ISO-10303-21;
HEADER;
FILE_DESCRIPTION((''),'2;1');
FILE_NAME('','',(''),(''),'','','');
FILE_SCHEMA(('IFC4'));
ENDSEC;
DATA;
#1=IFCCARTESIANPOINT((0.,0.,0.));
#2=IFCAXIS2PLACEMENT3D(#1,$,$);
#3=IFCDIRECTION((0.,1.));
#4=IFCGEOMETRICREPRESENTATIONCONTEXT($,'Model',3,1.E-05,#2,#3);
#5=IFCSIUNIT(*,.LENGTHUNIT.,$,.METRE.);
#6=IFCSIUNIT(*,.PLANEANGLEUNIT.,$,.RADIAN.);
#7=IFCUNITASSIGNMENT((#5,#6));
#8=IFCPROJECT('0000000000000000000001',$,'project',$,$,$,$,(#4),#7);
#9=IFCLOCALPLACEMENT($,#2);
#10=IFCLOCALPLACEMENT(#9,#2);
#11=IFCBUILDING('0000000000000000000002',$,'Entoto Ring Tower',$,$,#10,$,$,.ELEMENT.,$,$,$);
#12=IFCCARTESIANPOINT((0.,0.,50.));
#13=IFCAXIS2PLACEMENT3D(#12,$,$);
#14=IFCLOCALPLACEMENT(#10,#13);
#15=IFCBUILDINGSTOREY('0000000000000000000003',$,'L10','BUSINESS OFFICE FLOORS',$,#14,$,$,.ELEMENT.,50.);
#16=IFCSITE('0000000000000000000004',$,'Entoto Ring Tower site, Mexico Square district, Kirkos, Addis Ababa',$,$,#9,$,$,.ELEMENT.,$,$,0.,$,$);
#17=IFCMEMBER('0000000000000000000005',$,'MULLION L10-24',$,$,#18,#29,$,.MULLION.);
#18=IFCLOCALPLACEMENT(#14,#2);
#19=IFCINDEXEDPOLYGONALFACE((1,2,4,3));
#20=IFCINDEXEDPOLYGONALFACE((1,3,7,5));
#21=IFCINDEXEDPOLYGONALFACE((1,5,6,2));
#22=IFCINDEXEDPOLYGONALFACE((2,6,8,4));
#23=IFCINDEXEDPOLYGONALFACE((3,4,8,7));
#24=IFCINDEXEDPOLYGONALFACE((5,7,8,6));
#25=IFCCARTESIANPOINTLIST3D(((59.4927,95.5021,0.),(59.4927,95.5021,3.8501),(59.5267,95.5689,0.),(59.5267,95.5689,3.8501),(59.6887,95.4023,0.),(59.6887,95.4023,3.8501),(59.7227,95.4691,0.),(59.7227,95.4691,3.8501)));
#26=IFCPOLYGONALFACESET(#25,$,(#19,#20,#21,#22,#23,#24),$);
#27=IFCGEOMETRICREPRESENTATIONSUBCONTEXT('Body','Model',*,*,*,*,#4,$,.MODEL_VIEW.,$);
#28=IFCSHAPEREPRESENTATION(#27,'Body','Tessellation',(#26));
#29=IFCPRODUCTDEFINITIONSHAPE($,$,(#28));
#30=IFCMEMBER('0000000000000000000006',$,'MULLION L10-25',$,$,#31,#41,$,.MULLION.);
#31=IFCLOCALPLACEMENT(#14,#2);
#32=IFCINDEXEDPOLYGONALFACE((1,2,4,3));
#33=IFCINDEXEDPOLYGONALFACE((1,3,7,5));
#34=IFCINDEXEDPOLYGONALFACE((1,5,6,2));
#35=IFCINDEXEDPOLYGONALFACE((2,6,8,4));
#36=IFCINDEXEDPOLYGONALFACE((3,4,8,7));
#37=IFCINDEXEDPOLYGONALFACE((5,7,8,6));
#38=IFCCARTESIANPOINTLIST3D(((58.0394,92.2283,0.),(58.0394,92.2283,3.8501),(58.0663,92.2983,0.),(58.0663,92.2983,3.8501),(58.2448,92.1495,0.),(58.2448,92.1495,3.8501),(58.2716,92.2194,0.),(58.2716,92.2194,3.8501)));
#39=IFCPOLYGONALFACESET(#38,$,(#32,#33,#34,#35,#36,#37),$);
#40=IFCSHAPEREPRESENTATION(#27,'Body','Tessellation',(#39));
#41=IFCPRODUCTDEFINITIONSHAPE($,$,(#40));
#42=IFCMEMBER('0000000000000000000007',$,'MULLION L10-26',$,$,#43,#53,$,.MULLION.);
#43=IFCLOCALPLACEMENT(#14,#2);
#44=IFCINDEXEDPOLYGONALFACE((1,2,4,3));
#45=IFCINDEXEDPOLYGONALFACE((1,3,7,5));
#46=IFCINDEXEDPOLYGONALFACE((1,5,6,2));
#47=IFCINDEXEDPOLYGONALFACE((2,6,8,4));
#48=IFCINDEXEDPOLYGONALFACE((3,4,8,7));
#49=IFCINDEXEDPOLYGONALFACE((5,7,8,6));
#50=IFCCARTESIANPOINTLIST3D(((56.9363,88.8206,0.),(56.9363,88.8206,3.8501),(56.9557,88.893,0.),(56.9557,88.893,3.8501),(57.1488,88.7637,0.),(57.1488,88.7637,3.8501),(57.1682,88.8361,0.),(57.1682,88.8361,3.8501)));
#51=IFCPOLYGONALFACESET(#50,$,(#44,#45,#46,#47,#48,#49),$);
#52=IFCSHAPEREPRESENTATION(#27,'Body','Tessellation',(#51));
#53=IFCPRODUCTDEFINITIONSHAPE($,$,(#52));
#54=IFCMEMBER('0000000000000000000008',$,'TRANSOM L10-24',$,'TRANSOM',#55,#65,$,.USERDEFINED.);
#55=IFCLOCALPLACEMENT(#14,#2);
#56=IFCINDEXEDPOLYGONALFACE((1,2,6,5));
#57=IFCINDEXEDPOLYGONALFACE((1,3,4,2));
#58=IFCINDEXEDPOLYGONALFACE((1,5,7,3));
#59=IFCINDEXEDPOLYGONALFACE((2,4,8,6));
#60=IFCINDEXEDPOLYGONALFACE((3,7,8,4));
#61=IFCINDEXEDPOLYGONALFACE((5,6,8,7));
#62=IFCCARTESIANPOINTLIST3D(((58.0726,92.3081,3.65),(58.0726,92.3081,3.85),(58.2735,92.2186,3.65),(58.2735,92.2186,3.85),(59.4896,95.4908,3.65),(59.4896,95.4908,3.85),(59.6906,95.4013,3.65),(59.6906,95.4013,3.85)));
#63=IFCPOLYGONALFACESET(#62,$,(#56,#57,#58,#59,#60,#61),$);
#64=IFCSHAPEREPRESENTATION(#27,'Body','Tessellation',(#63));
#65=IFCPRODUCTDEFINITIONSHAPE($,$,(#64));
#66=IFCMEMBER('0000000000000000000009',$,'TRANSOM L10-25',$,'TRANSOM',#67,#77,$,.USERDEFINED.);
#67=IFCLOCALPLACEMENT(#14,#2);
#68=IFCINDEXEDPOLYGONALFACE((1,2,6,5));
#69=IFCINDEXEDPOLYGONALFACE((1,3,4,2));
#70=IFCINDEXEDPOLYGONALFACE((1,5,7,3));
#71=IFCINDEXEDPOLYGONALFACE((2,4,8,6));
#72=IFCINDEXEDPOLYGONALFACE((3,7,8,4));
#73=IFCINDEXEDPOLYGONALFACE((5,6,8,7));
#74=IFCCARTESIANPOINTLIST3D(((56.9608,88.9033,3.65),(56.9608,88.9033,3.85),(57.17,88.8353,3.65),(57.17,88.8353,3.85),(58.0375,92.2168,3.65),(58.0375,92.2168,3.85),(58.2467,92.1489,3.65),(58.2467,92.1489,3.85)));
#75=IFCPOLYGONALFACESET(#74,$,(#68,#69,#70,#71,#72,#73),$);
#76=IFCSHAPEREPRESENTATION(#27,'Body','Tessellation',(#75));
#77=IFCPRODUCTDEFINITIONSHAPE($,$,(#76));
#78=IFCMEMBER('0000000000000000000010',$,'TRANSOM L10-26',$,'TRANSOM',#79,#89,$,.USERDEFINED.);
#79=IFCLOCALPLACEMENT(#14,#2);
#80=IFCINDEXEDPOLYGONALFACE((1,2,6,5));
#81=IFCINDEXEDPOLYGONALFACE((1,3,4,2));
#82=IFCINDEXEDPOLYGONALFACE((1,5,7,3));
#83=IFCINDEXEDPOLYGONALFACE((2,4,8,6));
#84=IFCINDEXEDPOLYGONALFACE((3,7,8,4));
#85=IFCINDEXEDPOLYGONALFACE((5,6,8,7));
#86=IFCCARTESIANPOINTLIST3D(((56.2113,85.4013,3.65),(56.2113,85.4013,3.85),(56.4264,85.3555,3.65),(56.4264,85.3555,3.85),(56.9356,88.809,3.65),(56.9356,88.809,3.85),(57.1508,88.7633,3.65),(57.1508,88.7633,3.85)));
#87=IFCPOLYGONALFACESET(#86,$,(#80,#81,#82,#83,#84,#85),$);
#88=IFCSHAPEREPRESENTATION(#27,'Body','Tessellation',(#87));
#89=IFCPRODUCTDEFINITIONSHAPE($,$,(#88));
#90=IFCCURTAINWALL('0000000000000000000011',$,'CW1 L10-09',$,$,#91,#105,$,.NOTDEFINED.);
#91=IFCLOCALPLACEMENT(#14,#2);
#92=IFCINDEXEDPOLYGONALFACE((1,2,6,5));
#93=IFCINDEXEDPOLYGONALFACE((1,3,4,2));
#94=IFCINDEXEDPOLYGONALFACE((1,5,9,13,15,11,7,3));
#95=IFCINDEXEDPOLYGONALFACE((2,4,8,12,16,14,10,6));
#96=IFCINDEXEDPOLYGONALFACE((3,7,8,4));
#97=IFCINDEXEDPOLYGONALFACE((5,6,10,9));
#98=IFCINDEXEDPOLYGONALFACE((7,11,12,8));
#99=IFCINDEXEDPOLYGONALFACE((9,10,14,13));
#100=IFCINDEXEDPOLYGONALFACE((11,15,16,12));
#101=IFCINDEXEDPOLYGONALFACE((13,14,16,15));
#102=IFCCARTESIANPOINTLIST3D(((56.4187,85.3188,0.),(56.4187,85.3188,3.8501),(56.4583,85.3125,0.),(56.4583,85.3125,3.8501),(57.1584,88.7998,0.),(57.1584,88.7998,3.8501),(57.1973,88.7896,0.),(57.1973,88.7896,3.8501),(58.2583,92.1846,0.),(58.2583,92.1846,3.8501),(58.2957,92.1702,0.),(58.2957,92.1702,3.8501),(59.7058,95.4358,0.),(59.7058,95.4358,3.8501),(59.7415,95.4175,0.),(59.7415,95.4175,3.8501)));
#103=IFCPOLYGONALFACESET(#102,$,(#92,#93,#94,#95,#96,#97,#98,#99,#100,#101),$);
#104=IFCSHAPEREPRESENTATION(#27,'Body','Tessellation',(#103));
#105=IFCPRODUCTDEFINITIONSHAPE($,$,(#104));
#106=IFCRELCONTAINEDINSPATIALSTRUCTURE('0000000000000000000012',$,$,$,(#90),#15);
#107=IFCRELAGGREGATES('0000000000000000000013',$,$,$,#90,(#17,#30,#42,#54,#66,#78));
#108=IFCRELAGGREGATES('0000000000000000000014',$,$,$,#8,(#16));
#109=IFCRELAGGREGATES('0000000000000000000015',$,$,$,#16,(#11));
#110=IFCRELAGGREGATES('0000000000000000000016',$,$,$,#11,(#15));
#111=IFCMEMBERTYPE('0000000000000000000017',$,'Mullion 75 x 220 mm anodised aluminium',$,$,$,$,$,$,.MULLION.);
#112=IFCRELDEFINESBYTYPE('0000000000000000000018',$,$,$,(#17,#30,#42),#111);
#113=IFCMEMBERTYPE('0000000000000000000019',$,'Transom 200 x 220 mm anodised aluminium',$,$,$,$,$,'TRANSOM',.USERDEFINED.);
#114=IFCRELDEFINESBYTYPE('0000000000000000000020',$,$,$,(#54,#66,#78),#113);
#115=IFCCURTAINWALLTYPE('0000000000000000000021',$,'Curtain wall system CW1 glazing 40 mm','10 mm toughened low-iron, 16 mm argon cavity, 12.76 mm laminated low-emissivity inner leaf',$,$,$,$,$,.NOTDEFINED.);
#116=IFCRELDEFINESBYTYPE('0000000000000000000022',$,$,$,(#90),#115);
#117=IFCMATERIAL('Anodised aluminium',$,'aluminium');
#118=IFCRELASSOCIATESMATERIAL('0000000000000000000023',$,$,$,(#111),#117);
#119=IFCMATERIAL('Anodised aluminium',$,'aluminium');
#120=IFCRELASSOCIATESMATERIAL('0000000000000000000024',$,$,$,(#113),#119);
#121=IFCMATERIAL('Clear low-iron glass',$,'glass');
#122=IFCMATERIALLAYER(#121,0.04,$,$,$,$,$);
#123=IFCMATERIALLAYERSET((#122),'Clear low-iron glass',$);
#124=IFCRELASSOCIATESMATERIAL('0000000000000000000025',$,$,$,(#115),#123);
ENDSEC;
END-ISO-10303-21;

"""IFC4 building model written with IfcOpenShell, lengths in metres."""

from ifc_helpers import new_model, si_unit, direction, frame, origin, origin_2d, place, context, subcontext, project, spatial, polyline, rectangle, outline, extrude, material, layer, layer_set, material_profile, profile_set, type_object, element, aggregate, save


model = new_model("IFC4")

# Units and contexts
model_context = context("Model", 3, precision=1e-05, world=origin(), true_north=direction((0.0, 1.0)))
body_context = subcontext(model_context, "Body", "Model", "MODEL_VIEW")
ifc_project = project(units=[si_unit("LENGTHUNIT", "METRE"), si_unit("PLANEANGLEUNIT", "RADIAN")], contexts=[model_context])

# Members
ifc_material_1 = material(Name="Anodised aluminium", Category="aluminium")
ifc_material_profile_1 = material_profile(ifc_material_1, rectangle(XDim=0.075, YDim=0.22, at=origin_2d()), Name="Mullion 75 x 220 mm anodised aluminium")
ifc_profile_set_1 = profile_set([ifc_material_profile_1], Name="Anodised aluminium")
member_type_1 = type_object("IfcMemberType", Name="Mullion 75 x 220 mm anodised aluminium", PredefinedType="MULLION", material=ifc_profile_set_1)
site_placement = place(None, origin())
building_placement = place(site_placement, origin())
storey_placement = place(building_placement, frame((0.0, 0.0, 50.0)))
member_1_placement = place(storey_placement, frame((59.6077, 95.4856, 0.0), z_axis=(0.0, 0.0, 1.0), x_axis=(-0.45399, -0.891007, 0.0)))
member_1 = element("IfcMember", 1, at=member_1_placement, type_object=member_type_1, Name="MULLION L10-24", PredefinedType="MULLION", context=body_context, shape_type="SweptSolid", body=[
    extrude(rectangle(XDim=0.075, YDim=0.22, at=origin_2d()), origin(), (0.0, 0.0, 1.0), 3.8501),
])
member_2_placement = place(storey_placement, frame((58.1555, 92.2239, 0.0), z_axis=(0.0, 0.0, 1.0), x_axis=(-0.358368, -0.93358, 0.0)))
member_2 = element("IfcMember", 2, at=member_2_placement, type_object=member_type_1, Name="MULLION L10-25", PredefinedType="MULLION", context=body_context, shape_type="SweptSolid", body=[
    extrude(rectangle(XDim=0.075, YDim=0.22, at=origin_2d()), origin(), (0.0, 0.0, 1.0), 3.8501),
])
member_3_placement = place(storey_placement, frame((57.0522, 88.8284, 0.0), z_axis=(0.0, 0.0, 1.0), x_axis=(-0.258819, -0.965926, 0.0)))
member_3 = element("IfcMember", 3, at=member_3_placement, type_object=member_type_1, Name="MULLION L10-26", PredefinedType="MULLION", context=body_context, shape_type="SweptSolid", body=[
    extrude(rectangle(XDim=0.075, YDim=0.22, at=origin_2d()), origin(), (0.0, 0.0, 1.0), 3.8501),
])
ifc_material_2 = material(Name="Anodised aluminium", Category="aluminium")
ifc_material_profile_2 = material_profile(ifc_material_2, rectangle(XDim=0.22, YDim=0.2, at=origin_2d()), Name="Transom 200 x 220 mm anodised aluminium")
ifc_profile_set_2 = profile_set([ifc_material_profile_2], Name="Anodised aluminium")
member_type_2 = type_object("IfcMemberType", Name="Transom 200 x 220 mm anodised aluminium", ElementType="TRANSOM", PredefinedType="USERDEFINED", material=ifc_profile_set_2)
member_4_placement = place(storey_placement, frame((59.5901, 95.446, 3.75), z_axis=(-0.406737, -0.913545, 0.0), x_axis=(0.913545, -0.406737, 0.0)))
member_4 = element("IfcMember", 4, at=member_4_placement, type_object=member_type_2, Name="TRANSOM L10-24", ObjectType="TRANSOM", PredefinedType="USERDEFINED", context=body_context, shape_type="SweptSolid", body=[
    extrude(rectangle(XDim=0.22, YDim=0.2, at=origin_2d()), origin(), (0.0, 0.0, 1.0), 3.4839),
])
member_5_placement = place(storey_placement, frame((58.1421, 92.1829, 3.75), z_axis=(-0.309029, -0.951053, 0.0), x_axis=(0.951053, -0.309029, 0.0)))
member_5 = element("IfcMember", 5, at=member_5_placement, type_object=member_type_2, Name="TRANSOM L10-25", ObjectType="TRANSOM", PredefinedType="USERDEFINED", context=body_context, shape_type="SweptSolid", body=[
    extrude(rectangle(XDim=0.22, YDim=0.2, at=origin_2d()), origin(), (0.0, 0.0, 1.0), 3.4841),
])
member_6_placement = place(storey_placement, frame((57.0432, 88.7861, 3.75), z_axis=(-0.207921, -0.978146, 0.0), x_axis=(0.978146, -0.207921, 0.0)))
member_6 = element("IfcMember", 6, at=member_6_placement, type_object=member_type_2, Name="TRANSOM L10-26", ObjectType="TRANSOM", PredefinedType="USERDEFINED", context=body_context, shape_type="SweptSolid", body=[
    extrude(rectangle(XDim=0.22, YDim=0.2, at=origin_2d()), origin(), (0.0, 0.0, 1.0), 3.4839),
])

# Site, building, storey
site = spatial("IfcSite", under=ifc_project, at=site_placement, Name="Entoto Ring Tower site, Mexico Square district, Kirkos, Addis Ababa", CompositionType="ELEMENT", RefElevation=0.0)
building = spatial("IfcBuilding", under=site, at=building_placement, Name="Entoto Ring Tower", CompositionType="ELEMENT")
storey = spatial("IfcBuildingStorey", under=building, at=storey_placement, Name="L10", Description="BUSINESS OFFICE FLOORS", CompositionType="ELEMENT", Elevation=50.0)

# Curtain wall
ifc_material_3 = material(Name="Clear low-iron glass", Category="glass")
ifc_layer = layer(ifc_material_3, 0.04)
ifc_layer_set = layer_set([ifc_layer], Name="Clear low-iron glass")
curtain_wall_type = type_object("IfcCurtainWallType", Name="Curtain wall system CW1 glazing 40 mm", Description="10 mm toughened low-iron, 16 mm argon cavity, 12.76 mm laminated low-emissivity inner leaf", PredefinedType="NOTDEFINED", material=ifc_layer_set)
curtain_wall_1_placement = place(storey_placement, origin())
curtain_wall_1 = element("IfcCurtainWall", 7, at=curtain_wall_1_placement, inside=storey, type_object=curtain_wall_type, Name="CW1 L10-09", PredefinedType="NOTDEFINED", context=body_context, shape_type="SweptSolid", body=[
    extrude(outline(polyline([(59.7058, 95.4358), (58.2583, 92.1846), (57.1584, 88.7998), (56.4187, 85.3188), (56.4583, 85.3125), (57.1973, 88.7896), (58.2957, 92.1702), (59.7415, 95.4175), (59.7058, 95.4358)])), origin(), (0.0, 0.0, 1.0), 3.8501),
])
aggregate(curtain_wall_1, [member_1, member_2, member_3, member_4, member_5, member_6])

save(model, "model.ifc")
